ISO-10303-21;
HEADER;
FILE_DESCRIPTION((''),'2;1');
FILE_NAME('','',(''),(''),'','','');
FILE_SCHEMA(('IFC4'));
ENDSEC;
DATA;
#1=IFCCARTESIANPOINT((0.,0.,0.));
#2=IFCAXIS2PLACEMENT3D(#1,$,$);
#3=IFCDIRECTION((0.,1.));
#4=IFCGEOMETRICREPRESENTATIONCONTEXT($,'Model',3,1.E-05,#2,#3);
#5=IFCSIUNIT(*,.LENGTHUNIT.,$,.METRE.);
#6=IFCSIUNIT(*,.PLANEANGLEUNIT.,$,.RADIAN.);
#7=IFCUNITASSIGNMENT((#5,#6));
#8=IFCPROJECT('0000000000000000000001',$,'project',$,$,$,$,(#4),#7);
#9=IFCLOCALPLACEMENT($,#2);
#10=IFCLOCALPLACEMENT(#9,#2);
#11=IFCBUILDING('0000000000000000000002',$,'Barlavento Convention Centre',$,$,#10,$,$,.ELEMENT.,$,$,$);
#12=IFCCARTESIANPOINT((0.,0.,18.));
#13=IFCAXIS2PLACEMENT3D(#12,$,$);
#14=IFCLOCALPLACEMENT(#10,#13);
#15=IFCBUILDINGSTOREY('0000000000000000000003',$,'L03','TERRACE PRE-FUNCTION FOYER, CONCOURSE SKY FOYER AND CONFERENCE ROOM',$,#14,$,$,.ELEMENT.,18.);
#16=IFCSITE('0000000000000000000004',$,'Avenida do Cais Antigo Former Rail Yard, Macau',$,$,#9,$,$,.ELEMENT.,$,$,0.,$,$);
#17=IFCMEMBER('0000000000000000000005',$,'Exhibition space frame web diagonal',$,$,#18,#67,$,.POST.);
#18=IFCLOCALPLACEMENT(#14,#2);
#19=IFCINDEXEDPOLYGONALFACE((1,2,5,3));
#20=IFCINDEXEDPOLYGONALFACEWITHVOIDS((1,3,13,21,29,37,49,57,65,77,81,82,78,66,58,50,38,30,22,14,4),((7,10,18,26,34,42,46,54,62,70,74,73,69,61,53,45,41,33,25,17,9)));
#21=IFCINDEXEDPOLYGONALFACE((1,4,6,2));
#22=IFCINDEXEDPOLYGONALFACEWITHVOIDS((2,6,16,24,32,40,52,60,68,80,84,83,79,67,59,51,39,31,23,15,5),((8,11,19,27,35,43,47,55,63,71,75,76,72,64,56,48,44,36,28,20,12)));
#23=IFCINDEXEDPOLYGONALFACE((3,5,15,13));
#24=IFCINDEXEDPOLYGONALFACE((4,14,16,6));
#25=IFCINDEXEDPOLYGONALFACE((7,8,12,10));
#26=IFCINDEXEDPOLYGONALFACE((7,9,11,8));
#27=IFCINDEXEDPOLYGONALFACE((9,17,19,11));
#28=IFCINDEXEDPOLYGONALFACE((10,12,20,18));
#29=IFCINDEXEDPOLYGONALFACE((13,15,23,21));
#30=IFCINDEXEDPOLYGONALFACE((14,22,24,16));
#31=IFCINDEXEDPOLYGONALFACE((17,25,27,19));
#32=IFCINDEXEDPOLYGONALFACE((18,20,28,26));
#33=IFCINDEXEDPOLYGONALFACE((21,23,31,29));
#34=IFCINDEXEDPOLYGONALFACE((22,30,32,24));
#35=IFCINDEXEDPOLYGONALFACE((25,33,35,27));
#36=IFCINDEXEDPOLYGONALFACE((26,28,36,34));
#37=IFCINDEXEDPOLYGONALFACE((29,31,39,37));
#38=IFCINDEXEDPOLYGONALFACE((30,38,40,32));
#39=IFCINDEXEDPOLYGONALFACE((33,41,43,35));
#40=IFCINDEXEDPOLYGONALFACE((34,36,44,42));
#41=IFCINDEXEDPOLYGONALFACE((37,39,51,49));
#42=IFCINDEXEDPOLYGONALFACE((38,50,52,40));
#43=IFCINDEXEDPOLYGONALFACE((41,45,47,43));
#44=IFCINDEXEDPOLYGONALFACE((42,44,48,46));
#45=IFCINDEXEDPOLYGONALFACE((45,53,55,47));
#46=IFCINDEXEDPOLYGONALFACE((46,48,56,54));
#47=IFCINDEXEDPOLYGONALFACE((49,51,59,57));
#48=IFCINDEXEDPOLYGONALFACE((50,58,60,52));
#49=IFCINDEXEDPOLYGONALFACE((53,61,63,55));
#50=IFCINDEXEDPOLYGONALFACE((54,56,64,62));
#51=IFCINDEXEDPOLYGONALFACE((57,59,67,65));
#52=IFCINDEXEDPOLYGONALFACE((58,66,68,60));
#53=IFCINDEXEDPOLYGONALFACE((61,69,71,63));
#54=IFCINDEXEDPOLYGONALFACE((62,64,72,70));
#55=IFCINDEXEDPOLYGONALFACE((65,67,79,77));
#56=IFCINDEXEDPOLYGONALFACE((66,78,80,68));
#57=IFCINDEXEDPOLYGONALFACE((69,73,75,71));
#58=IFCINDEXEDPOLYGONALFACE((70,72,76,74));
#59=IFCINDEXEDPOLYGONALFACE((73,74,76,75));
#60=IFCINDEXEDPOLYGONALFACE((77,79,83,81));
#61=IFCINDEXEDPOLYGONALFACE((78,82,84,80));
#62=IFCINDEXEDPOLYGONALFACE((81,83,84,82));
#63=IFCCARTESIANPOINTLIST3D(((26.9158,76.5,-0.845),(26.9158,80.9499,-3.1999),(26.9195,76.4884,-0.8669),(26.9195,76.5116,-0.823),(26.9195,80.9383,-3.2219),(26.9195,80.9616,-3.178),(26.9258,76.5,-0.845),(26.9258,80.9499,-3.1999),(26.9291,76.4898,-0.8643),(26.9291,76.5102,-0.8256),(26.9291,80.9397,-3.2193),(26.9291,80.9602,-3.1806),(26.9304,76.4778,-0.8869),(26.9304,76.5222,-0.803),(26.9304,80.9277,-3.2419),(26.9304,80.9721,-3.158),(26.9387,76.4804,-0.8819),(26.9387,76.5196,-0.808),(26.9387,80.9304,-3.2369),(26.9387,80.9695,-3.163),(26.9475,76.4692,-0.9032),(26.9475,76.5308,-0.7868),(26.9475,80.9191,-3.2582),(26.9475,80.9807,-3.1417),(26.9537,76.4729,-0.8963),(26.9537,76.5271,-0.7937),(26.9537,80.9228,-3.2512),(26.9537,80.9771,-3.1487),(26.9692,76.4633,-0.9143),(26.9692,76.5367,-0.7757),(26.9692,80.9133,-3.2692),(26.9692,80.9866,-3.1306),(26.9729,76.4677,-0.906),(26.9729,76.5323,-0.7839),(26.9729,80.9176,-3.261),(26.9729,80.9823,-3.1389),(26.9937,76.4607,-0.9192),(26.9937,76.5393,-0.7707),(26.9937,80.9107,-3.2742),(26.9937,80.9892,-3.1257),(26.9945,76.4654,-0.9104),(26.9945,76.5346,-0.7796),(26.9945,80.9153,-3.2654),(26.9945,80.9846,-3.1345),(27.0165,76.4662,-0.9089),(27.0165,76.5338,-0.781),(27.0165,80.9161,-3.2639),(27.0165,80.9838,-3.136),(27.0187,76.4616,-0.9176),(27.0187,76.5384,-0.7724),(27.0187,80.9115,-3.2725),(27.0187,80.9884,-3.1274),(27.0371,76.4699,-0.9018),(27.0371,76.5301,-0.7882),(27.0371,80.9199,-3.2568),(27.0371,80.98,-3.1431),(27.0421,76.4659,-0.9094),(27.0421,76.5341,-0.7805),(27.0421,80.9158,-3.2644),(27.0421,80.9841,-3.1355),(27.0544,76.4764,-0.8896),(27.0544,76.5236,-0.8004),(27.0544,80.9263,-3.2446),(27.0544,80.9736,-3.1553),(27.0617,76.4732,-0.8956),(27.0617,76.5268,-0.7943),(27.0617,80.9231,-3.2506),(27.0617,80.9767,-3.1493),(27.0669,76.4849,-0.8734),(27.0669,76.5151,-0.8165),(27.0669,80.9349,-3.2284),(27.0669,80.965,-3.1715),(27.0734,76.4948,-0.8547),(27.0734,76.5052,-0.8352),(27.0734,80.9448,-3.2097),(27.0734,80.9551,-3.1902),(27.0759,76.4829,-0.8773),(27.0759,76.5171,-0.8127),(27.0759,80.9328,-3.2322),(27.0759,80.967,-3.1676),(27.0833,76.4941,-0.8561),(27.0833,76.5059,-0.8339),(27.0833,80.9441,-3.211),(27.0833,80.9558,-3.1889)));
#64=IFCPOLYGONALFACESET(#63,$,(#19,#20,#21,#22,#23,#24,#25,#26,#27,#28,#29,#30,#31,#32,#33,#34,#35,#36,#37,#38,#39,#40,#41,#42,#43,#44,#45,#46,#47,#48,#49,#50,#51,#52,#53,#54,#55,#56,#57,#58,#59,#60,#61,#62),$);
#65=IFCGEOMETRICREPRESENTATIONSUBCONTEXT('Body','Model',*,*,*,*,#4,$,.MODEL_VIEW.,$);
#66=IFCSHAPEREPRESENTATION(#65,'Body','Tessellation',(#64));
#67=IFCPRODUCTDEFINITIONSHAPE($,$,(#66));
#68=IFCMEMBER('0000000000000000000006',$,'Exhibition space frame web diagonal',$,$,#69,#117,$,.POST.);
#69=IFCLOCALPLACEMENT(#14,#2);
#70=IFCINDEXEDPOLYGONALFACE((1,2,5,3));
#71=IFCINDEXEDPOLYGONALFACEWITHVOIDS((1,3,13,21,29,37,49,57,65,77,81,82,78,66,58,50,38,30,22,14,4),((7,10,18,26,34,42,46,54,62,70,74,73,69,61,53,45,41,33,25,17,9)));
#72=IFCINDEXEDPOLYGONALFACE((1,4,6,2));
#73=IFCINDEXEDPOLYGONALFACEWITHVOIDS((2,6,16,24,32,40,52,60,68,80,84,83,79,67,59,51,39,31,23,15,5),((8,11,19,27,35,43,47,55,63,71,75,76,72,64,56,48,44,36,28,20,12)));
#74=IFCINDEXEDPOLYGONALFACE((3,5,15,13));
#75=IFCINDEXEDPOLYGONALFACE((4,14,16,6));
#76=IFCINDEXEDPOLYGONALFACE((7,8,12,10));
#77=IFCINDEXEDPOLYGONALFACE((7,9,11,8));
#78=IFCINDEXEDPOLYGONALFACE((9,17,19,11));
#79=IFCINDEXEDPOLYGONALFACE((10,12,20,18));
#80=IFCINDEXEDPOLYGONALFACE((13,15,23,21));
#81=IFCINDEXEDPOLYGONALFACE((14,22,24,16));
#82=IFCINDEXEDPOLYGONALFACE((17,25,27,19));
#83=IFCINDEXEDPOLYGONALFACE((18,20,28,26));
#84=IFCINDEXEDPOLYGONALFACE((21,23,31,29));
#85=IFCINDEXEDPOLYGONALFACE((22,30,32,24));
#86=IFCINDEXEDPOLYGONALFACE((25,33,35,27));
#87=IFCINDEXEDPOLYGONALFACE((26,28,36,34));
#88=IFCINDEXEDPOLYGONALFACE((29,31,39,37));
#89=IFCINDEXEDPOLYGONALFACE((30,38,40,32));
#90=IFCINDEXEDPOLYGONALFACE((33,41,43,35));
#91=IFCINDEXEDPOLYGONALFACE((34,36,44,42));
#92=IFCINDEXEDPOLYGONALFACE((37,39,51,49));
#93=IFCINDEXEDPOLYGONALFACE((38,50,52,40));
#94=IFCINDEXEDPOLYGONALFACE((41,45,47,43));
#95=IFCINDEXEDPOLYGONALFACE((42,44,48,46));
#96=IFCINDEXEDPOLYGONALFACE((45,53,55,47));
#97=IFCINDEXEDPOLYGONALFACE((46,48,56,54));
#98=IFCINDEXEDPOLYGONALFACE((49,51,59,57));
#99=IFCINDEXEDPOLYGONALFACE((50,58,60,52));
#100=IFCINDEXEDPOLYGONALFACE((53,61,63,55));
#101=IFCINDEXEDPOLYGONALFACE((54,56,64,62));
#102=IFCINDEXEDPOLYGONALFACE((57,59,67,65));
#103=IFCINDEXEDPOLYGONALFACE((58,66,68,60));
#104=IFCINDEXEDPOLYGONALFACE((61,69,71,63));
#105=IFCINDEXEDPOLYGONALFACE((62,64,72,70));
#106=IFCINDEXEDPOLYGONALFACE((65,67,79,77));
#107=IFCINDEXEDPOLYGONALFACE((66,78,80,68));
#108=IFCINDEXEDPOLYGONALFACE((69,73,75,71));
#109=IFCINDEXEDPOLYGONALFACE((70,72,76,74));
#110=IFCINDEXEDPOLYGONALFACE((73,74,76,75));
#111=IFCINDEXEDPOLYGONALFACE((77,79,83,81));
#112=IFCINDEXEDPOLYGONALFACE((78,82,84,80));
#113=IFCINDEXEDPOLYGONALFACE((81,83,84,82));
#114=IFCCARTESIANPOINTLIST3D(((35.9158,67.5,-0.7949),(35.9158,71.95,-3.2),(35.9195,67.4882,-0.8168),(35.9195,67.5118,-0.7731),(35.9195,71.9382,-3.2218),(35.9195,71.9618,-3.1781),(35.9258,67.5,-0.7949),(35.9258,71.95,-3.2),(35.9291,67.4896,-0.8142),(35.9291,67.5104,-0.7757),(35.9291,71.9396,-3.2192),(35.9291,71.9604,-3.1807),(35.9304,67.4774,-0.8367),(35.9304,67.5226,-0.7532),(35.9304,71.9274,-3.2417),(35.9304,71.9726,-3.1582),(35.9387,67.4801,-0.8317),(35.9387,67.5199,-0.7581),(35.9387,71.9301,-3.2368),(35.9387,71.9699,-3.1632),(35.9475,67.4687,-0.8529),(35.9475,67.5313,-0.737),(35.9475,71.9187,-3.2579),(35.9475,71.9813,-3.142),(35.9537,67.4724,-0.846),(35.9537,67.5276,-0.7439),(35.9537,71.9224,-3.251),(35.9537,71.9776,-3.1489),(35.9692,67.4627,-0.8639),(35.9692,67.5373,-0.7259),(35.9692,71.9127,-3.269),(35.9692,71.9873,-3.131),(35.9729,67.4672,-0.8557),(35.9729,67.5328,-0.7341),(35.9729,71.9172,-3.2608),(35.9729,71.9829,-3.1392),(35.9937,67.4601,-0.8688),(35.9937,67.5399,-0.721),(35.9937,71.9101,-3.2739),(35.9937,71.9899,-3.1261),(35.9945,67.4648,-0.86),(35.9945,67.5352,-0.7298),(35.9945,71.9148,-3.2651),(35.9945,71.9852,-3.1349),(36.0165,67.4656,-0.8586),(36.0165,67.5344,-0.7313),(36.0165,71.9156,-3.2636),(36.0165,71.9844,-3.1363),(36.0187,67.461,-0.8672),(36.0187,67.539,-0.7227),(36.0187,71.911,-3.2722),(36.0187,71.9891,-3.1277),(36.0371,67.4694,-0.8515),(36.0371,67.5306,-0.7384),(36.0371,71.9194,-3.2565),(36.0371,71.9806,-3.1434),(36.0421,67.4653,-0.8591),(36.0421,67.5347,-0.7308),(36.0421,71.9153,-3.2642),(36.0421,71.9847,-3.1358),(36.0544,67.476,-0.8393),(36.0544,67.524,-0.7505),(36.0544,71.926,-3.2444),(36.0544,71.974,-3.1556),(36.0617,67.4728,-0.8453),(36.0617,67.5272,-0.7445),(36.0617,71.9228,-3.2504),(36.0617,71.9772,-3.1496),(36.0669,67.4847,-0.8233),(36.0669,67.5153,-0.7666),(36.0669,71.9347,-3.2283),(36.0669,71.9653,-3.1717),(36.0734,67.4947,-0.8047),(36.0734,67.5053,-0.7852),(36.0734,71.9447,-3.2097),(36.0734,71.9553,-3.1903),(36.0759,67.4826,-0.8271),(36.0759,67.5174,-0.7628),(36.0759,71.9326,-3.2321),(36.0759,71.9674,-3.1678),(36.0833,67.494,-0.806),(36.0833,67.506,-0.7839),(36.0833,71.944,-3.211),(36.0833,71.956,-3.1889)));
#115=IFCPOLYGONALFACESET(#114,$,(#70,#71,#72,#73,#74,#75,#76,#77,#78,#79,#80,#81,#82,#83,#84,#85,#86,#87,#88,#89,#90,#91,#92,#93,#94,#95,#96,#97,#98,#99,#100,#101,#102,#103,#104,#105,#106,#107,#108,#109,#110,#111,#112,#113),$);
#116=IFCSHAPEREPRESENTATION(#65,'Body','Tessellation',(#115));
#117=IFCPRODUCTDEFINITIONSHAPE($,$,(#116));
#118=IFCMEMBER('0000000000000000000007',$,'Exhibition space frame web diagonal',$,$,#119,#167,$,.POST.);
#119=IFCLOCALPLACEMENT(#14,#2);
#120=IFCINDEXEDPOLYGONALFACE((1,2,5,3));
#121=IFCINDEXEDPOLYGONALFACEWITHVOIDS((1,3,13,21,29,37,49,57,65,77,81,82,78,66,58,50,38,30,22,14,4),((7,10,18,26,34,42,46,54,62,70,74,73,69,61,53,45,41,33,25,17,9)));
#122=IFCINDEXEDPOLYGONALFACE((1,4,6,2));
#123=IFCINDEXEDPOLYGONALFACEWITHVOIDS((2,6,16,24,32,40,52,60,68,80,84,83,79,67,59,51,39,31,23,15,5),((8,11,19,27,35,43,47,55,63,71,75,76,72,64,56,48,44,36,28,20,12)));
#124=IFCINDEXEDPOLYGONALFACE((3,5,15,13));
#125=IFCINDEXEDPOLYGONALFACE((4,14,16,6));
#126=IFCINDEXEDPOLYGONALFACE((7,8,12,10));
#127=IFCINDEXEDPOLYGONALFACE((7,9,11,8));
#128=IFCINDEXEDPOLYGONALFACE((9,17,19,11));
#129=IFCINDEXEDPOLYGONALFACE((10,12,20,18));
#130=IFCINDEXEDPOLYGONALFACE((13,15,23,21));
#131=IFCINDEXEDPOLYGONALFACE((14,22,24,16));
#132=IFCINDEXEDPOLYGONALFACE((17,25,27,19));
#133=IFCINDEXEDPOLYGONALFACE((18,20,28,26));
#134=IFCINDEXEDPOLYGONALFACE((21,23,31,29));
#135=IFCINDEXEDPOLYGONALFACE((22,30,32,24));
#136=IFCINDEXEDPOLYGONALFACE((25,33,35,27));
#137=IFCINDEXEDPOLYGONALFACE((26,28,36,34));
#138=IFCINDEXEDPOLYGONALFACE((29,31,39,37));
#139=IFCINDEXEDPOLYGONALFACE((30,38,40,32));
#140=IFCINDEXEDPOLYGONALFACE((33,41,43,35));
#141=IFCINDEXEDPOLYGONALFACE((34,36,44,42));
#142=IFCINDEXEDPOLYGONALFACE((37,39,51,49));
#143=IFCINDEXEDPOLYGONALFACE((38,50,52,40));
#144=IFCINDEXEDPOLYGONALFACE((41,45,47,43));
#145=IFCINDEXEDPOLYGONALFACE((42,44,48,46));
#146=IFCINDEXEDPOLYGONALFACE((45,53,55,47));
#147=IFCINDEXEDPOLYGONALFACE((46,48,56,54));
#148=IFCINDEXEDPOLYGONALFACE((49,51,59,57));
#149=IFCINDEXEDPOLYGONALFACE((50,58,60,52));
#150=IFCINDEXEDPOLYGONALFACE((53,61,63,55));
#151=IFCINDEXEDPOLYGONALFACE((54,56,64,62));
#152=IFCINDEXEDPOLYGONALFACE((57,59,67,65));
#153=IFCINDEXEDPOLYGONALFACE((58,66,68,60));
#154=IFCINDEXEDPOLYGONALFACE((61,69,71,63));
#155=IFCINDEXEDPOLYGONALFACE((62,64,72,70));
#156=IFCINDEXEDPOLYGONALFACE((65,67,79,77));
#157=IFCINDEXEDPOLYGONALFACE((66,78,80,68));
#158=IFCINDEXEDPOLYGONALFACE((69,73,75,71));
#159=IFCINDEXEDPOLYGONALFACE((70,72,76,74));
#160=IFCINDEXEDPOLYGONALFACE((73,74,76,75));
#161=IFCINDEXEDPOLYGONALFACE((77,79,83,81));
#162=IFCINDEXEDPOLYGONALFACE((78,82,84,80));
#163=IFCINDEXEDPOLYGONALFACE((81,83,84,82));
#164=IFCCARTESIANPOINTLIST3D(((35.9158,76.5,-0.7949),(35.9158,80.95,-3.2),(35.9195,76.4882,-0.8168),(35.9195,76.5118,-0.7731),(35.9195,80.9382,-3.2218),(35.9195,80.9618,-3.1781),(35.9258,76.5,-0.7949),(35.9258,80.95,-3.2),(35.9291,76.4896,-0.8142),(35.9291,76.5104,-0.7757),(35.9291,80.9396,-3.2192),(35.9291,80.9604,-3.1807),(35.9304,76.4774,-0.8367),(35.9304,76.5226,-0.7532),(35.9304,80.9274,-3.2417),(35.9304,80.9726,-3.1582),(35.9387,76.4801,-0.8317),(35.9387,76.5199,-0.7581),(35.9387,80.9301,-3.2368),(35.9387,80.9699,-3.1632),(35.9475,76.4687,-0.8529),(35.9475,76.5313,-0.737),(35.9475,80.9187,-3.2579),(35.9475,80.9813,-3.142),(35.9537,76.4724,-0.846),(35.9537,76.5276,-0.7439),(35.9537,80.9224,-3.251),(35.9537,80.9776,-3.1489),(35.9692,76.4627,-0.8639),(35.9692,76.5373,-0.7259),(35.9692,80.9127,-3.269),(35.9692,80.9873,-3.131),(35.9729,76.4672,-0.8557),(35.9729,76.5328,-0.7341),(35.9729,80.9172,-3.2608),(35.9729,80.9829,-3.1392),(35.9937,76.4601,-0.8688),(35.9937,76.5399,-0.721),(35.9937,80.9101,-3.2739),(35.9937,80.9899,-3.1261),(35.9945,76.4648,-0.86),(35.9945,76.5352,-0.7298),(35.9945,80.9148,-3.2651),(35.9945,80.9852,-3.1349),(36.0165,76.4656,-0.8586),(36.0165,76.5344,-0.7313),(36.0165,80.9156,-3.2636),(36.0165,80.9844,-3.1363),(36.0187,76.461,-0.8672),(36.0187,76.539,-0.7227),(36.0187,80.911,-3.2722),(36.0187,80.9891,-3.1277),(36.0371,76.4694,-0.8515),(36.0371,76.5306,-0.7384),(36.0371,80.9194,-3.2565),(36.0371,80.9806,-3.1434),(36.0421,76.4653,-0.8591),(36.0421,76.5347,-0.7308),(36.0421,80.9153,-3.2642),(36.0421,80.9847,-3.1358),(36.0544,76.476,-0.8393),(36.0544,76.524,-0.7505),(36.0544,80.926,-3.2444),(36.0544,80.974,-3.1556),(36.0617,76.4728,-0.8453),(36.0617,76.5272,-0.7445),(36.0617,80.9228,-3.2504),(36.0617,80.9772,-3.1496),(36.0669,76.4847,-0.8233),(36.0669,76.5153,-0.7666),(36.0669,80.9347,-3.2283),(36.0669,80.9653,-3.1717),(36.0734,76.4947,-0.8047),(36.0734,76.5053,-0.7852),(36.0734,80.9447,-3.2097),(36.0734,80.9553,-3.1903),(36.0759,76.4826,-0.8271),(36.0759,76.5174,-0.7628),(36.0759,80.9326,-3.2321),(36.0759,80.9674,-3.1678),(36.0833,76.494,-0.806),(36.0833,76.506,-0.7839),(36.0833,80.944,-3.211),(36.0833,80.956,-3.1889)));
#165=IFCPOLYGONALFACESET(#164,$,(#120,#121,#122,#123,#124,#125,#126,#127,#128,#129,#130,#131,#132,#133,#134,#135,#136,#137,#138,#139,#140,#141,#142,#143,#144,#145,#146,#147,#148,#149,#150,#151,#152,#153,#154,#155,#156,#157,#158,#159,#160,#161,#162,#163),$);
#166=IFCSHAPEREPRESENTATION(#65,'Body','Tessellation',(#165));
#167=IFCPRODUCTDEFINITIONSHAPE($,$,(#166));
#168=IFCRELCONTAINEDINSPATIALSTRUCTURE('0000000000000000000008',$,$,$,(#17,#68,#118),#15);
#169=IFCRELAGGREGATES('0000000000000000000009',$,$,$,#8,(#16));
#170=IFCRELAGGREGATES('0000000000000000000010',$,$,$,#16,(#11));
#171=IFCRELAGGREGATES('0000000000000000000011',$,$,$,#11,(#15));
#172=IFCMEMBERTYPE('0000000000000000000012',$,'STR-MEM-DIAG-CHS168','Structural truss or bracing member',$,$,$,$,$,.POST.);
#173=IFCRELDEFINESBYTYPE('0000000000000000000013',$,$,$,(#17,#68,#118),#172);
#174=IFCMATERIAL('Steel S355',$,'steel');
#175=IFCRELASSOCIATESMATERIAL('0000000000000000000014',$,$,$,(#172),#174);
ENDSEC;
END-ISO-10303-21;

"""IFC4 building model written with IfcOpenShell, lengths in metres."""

from ifc_helpers import new_model, si_unit, direction, frame, origin, origin_2d, place, context, subcontext, project, spatial, hollow_circle, extrude, material, material_profile, profile_set, type_object, element, save


model = new_model("IFC4")

# Units and contexts
model_context = context("Model", 3, precision=1e-05, world=origin(), true_north=direction((0.0, 1.0)))
body_context = subcontext(model_context, "Body", "Model", "MODEL_VIEW")
ifc_project = project(units=[si_unit("LENGTHUNIT", "METRE"), si_unit("PLANEANGLEUNIT", "RADIAN")], contexts=[model_context])

# Site, building, storey
site_placement = place(None, origin())
site = spatial("IfcSite", under=ifc_project, at=site_placement, Name="Avenida do Cais Antigo Former Rail Yard, Macau", CompositionType="ELEMENT", RefElevation=0.0)
building_placement = place(site_placement, origin())
building = spatial("IfcBuilding", under=site, at=building_placement, Name="Barlavento Convention Centre", CompositionType="ELEMENT")
storey_placement = place(building_placement, frame((0.0, 0.0, 18.0)))
storey = spatial("IfcBuildingStorey", under=building, at=storey_placement, Name="L03", Description="TERRACE PRE-FUNCTION FOYER, CONCOURSE SKY FOYER AND CONFERENCE ROOM", CompositionType="ELEMENT", Elevation=18.0)

# Members
ifc_material_1 = material(Name="Steel S355", Category="steel")
ifc_material_profile_1 = material_profile(ifc_material_1, hollow_circle(Radius=0.0842, WallThickness=0.01, at=origin_2d()), Name="CHS 168.3x10.0")
ifc_profile_set_1 = profile_set([ifc_material_profile_1], Name="Steel S355")
member_type_1 = type_object("IfcMemberType", Name="STR-MEM-DIAG-CHS168", Description="Structural truss or bracing member", PredefinedType="POST", material=ifc_profile_set_1)
for number, where, z_axis, x_axis, name in (
    (1, (27.0, 76.5, -0.845), (0.0, 0.88386, -0.467752), (-1.0, 0.0, 0.0), "Exhibition space frame web diagonal"),
):
    element("IfcMember", number, at=place(storey_placement, frame(where, z_axis=z_axis, x_axis=x_axis)), inside=storey, type_object=member_type_1, Name=name, PredefinedType="POST", context=body_context, shape_type="SweptSolid", body=[
        extrude(hollow_circle(Radius=0.0842, WallThickness=0.01, at=origin_2d()), origin(), (0.0, 0.0, 1.0), 5.0347),
    ])
for number, where, z_axis, x_axis, name in (
    (2, (36.0, 67.5, -0.7949), (0.0, 0.879735, -0.475464), (-1.0, 0.0, 0.0), "Exhibition space frame web diagonal"),
    (3, (36.0, 76.5, -0.7949), (0.0, 0.879735, -0.475464), (-1.0, 0.0, 0.0), "Exhibition space frame web diagonal"),
):
    element("IfcMember", number, at=place(storey_placement, frame(where, z_axis=z_axis, x_axis=x_axis)), inside=storey, type_object=member_type_1, Name=name, PredefinedType="POST", context=body_context, shape_type="SweptSolid", body=[
        extrude(hollow_circle(Radius=0.0842, WallThickness=0.01, at=origin_2d()), origin(), (0.0, 0.0, 1.0), 5.0583),
    ])

save(model, "model.ifc")
